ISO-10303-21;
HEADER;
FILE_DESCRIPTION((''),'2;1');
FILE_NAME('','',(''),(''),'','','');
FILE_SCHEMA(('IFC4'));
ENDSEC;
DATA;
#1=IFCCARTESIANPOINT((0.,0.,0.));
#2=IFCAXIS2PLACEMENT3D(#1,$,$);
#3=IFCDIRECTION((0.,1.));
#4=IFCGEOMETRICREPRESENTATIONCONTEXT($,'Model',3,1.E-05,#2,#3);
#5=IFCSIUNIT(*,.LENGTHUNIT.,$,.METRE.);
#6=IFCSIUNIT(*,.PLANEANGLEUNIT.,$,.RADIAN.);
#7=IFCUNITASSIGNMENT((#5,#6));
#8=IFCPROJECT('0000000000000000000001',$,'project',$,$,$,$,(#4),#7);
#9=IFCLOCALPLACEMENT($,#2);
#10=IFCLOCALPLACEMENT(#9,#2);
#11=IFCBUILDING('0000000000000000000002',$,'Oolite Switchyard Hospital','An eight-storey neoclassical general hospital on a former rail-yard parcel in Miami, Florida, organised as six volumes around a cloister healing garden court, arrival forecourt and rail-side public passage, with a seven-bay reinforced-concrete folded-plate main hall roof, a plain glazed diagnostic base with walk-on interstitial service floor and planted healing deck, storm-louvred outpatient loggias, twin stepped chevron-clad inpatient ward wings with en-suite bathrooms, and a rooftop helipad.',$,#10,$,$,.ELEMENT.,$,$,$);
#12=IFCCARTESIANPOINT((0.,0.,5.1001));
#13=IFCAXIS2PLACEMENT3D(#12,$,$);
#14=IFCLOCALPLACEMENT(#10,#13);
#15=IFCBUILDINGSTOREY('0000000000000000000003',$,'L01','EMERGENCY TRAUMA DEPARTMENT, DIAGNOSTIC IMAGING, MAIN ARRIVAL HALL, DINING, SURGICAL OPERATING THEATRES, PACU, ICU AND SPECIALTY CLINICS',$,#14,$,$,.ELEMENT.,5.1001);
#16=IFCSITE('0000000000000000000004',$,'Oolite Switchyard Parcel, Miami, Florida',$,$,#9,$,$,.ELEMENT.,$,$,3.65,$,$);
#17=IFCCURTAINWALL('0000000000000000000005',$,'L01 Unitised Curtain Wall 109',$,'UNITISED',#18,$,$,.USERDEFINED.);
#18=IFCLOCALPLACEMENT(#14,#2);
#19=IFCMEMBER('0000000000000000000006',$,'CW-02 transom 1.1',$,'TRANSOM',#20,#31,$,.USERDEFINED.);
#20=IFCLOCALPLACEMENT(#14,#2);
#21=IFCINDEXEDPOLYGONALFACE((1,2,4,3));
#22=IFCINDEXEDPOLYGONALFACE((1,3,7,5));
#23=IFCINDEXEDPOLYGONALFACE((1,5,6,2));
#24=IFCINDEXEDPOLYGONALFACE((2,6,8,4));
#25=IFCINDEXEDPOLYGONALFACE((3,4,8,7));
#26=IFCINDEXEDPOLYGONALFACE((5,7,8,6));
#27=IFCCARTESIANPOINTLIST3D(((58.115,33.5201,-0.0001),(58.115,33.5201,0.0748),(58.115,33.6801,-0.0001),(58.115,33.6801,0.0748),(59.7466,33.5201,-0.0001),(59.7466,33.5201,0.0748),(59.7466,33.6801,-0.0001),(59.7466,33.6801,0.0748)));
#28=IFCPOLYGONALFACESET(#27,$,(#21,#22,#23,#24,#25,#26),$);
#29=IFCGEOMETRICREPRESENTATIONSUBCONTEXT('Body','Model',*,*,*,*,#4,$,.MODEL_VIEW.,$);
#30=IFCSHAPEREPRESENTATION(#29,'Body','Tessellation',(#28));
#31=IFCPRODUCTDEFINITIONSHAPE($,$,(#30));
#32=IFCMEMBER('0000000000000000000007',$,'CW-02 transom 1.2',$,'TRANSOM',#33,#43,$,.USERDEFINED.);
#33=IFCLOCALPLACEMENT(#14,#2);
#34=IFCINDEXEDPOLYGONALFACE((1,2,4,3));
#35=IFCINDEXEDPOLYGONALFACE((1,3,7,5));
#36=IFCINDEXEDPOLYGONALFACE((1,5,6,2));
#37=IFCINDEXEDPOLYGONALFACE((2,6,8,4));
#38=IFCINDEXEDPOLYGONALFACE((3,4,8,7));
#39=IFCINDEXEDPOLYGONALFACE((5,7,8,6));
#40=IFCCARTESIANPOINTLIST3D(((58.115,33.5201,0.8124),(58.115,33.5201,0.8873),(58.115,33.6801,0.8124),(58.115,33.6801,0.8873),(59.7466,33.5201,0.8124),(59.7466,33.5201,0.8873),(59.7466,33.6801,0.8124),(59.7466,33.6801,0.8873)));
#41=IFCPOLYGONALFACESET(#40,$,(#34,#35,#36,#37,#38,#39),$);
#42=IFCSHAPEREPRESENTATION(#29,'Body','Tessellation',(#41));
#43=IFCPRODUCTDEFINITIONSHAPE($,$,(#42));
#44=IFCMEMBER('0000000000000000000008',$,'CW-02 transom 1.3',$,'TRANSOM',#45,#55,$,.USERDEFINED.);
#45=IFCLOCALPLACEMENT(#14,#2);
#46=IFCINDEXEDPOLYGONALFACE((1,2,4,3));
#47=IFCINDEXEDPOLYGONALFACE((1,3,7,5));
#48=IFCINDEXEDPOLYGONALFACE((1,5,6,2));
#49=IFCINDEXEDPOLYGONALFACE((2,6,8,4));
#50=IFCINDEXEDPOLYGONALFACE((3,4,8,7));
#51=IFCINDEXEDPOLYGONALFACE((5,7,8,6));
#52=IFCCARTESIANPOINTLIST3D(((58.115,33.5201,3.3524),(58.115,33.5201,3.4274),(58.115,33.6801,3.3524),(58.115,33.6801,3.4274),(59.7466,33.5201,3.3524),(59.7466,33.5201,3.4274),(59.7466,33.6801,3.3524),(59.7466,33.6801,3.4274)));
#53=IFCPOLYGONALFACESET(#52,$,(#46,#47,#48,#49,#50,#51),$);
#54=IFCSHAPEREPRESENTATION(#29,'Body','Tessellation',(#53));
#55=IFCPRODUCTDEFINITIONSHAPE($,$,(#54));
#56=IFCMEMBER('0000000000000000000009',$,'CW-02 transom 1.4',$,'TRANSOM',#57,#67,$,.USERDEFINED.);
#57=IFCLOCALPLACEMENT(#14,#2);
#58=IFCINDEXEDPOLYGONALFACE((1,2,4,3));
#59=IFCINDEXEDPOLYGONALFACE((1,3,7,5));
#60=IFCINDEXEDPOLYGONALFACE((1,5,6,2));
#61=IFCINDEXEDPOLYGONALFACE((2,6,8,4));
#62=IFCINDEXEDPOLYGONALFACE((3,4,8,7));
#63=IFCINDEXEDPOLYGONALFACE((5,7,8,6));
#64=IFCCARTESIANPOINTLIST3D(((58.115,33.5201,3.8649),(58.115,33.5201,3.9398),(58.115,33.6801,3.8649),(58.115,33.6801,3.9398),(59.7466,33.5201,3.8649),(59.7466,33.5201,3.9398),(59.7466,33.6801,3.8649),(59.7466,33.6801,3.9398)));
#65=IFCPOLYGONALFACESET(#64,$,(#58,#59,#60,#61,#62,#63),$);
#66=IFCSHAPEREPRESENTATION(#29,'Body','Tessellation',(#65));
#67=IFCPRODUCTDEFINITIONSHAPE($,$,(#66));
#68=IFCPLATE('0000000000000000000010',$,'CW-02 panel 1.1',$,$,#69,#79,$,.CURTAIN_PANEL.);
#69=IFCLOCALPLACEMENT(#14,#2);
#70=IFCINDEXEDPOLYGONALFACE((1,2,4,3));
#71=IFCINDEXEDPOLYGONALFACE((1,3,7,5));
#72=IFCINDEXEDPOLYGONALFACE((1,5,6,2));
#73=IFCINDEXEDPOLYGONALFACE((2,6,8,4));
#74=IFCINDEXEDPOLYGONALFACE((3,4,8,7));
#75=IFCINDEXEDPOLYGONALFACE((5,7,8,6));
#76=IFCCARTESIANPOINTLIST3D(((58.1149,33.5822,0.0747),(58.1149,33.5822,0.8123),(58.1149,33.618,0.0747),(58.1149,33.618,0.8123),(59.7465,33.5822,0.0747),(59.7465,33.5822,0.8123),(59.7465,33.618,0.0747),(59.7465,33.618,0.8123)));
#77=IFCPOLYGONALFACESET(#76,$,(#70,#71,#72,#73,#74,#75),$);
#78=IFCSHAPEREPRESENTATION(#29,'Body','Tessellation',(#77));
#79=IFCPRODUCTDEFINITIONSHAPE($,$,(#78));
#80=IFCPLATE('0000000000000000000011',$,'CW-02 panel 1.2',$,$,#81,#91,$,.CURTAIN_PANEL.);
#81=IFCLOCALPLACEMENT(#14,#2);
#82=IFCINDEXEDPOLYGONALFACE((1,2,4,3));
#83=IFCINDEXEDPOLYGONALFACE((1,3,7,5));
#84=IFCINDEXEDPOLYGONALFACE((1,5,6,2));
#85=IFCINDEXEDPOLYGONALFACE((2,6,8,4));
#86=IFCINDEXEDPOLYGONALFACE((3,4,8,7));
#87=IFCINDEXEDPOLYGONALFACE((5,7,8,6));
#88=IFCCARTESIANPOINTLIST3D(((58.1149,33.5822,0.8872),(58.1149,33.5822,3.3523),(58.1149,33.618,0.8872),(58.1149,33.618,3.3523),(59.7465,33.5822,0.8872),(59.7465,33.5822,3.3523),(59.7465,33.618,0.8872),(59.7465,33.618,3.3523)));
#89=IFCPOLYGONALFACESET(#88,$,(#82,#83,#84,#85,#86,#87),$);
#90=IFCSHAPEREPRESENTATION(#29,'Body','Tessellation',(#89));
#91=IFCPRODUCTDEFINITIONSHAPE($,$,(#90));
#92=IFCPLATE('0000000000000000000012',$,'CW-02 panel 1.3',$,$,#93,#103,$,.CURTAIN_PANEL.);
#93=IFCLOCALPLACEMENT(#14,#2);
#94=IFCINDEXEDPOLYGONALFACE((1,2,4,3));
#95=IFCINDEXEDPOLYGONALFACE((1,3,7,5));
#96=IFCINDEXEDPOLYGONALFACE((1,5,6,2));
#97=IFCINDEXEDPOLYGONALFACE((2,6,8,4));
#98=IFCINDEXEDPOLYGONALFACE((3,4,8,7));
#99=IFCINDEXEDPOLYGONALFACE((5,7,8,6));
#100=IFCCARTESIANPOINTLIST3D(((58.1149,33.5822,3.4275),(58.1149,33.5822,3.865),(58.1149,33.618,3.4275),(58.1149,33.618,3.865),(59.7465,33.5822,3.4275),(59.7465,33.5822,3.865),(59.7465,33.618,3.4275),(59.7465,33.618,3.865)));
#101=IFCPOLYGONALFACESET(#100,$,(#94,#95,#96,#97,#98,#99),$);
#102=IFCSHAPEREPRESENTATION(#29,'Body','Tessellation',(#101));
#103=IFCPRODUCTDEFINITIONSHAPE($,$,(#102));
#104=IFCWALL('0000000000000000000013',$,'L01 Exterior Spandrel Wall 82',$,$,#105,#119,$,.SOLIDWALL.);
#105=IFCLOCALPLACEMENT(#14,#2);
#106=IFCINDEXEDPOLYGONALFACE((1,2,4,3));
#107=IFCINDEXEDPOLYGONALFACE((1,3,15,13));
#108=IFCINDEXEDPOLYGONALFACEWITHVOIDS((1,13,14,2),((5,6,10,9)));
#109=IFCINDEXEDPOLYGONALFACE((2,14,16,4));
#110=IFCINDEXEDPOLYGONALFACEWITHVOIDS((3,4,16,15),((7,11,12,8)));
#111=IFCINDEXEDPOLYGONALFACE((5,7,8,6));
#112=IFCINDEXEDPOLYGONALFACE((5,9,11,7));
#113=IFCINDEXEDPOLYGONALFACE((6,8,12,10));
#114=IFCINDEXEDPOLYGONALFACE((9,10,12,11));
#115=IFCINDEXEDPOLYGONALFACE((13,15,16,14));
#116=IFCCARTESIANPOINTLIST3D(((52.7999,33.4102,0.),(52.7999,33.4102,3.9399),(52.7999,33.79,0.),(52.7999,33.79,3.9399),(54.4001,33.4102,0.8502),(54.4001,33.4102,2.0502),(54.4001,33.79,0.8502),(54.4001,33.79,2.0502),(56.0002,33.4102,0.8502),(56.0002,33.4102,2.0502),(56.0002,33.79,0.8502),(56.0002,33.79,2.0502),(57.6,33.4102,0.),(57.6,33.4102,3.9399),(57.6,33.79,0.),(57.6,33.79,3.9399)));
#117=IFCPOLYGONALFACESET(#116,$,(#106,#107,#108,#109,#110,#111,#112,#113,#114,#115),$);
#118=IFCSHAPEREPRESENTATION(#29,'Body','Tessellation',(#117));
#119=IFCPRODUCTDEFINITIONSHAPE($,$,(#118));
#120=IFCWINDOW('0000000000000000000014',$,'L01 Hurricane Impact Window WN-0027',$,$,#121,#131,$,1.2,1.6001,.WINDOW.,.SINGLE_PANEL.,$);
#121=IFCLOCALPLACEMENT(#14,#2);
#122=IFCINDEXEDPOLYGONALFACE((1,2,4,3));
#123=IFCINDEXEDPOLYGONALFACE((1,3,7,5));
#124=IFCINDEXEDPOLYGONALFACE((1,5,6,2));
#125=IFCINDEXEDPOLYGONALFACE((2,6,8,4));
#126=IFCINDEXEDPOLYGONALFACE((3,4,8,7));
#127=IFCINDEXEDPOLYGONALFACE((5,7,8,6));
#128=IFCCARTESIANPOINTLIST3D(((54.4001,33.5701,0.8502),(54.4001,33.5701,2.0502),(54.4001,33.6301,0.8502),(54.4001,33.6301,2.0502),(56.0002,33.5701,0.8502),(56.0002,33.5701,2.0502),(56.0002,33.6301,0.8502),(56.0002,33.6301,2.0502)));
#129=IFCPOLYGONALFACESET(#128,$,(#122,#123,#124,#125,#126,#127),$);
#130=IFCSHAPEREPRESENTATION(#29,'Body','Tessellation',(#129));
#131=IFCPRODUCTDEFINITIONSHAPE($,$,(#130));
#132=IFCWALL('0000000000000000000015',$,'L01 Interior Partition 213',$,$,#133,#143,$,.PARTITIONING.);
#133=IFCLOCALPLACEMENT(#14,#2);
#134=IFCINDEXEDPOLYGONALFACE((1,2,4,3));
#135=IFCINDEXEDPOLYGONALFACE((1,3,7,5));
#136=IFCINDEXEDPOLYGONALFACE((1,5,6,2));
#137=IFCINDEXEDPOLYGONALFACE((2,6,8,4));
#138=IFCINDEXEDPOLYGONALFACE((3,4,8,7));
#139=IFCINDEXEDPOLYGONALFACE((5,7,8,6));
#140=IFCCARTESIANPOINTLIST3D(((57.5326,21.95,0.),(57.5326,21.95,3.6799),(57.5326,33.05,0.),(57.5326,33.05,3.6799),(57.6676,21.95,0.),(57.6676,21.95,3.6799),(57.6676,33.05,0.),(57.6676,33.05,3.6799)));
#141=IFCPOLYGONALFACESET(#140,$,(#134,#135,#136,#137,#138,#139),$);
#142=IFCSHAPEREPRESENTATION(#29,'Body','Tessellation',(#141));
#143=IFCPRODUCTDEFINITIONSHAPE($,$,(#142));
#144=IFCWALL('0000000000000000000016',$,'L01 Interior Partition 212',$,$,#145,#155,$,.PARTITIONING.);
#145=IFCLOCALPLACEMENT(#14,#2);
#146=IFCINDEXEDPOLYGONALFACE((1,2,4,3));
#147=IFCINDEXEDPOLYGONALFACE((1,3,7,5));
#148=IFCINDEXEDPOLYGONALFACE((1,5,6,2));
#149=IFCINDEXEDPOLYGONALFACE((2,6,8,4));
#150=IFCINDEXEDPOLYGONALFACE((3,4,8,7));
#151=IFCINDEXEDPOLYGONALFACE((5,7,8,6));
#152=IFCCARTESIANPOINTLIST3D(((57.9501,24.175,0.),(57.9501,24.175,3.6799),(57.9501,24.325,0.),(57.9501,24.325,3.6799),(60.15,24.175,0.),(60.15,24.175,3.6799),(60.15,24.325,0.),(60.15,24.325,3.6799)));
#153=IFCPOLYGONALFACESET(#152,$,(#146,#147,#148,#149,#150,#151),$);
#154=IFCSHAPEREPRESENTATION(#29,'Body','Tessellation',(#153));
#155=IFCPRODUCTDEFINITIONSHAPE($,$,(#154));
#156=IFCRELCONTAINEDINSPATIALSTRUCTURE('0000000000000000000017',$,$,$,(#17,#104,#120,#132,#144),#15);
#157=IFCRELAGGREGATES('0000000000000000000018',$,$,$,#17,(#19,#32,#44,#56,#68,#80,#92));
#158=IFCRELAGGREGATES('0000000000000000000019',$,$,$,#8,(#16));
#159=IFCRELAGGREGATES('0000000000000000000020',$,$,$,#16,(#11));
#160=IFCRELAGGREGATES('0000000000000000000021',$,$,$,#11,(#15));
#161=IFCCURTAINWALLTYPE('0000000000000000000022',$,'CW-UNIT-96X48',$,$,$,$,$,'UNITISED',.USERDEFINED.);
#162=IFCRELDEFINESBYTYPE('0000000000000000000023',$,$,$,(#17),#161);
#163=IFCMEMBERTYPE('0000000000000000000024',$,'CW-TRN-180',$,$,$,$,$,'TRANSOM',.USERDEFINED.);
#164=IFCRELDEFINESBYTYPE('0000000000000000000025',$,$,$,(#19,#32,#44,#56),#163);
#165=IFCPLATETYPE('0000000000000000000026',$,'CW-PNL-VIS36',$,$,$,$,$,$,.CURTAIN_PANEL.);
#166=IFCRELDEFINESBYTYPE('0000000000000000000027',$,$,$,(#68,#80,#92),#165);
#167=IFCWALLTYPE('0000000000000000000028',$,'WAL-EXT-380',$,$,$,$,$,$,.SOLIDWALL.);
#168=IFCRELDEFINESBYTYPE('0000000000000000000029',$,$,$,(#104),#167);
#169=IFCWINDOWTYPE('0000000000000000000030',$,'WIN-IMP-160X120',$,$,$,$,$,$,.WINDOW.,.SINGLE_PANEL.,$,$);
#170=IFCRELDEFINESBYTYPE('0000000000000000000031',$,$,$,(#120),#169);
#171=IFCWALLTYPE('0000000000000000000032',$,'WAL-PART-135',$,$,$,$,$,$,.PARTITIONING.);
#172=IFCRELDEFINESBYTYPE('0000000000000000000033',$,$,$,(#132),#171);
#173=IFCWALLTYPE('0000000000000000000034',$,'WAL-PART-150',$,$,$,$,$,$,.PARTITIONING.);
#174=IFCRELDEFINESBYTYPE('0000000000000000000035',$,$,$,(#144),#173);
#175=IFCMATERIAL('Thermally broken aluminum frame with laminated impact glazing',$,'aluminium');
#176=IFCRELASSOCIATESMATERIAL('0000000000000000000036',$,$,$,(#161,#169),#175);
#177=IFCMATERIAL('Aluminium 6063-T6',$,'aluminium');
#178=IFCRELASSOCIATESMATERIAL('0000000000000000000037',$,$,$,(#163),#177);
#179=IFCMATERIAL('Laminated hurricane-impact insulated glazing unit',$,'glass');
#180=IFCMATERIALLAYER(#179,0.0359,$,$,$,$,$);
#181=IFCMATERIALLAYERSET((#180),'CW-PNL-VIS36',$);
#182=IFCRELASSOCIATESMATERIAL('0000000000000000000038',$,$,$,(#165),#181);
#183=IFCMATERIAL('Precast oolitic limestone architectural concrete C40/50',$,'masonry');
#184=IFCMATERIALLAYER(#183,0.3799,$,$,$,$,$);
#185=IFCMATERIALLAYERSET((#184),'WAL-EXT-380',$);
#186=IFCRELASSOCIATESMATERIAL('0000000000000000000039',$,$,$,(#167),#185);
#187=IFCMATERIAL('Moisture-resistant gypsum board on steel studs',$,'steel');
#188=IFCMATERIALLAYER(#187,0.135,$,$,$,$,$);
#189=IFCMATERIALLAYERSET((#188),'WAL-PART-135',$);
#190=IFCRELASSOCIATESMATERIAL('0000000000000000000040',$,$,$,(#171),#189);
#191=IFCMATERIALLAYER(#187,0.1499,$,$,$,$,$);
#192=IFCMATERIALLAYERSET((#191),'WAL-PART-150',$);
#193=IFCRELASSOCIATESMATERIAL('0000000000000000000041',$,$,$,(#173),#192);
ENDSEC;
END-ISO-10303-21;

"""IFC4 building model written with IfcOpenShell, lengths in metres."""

from ifc_helpers import new_model, si_unit, direction, frame, frame_2d, origin, origin_2d, place, context, subcontext, project, spatial, rectangle, extrude, material, layer, layer_set, material_profile, profile_set, type_object, element, fill, aggregate, save


model = new_model("IFC4")

# Units and contexts
model_context = context("Model", 3, precision=1e-05, world=origin(), true_north=direction((0.0, 1.0)))
body_context = subcontext(model_context, "Body", "Model", "MODEL_VIEW")
ifc_project = project(units=[si_unit("LENGTHUNIT", "METRE"), si_unit("PLANEANGLEUNIT", "RADIAN")], contexts=[model_context])

# Site, building, storey
site_placement = place(None, origin())
site = spatial("IfcSite", under=ifc_project, at=site_placement, Name="Oolite Switchyard Parcel, Miami, Florida", CompositionType="ELEMENT", RefElevation=3.65)
building_placement = place(site_placement, origin())
building = spatial("IfcBuilding", under=site, at=building_placement, Name="Oolite Switchyard Hospital", Description="An eight-storey neoclassical general hospital on a former rail-yard parcel in Miami, Florida, organised as six volumes around a cloister healing garden court, arrival forecourt and rail-side public passage, with a seven-bay reinforced-concrete folded-plate main hall roof, a plain glazed diagnostic base with walk-on interstitial service floor and planted healing deck, storm-louvred outpatient loggias, twin stepped chevron-clad inpatient ward wings with en-suite bathrooms, and a rooftop helipad.", CompositionType="ELEMENT")
storey_placement = place(building_placement, frame((0.0, 0.0, 5.1001)))
storey = spatial("IfcBuildingStorey", under=building, at=storey_placement, Name="L01", Description="EMERGENCY TRAUMA DEPARTMENT, DIAGNOSTIC IMAGING, MAIN ARRIVAL HALL, DINING, SURGICAL OPERATING THEATRES, PACU, ICU AND SPECIALTY CLINICS", CompositionType="ELEMENT", Elevation=5.1001)

# Curtain wall, members, plates
ifc_material_1 = material(Name="Thermally broken aluminum frame with laminated impact glazing", Category="aluminium")
curtain_wall_type = type_object("IfcCurtainWallType", Name="CW-UNIT-96X48", ElementType="UNITISED", PredefinedType="USERDEFINED", material=ifc_material_1)
curtain_wall_placement = place(storey_placement, origin())
curtain_wall = element("IfcCurtainWall", 1, at=curtain_wall_placement, inside=storey, type_object=curtain_wall_type, Name="L01 Unitised Curtain Wall 109", ObjectType="UNITISED", PredefinedType="USERDEFINED")
ifc_material_2 = material(Name="Aluminium 6063-T6", Category="aluminium")
ifc_material_profile_1 = material_profile(ifc_material_2, rectangle(XDim=0.1599, YDim=0.075, at=origin_2d()), Name="CWT75X160")
ifc_profile_set_1 = profile_set([ifc_material_profile_1], Name="Aluminium 6063-T6")
member_type_1 = type_object("IfcMemberType", Name="CW-TRN-180", ElementType="TRANSOM", PredefinedType="USERDEFINED", material=ifc_profile_set_1)
member_1_placement = place(storey_placement, frame((58.115, 33.6001, 0.0374), z_axis=(1.0, 0.0, 0.0), x_axis=(0.0, 1.0, 0.0)))
member_1 = element("IfcMember", 2, at=member_1_placement, type_object=member_type_1, Name="CW-02 transom 1.1", ObjectType="TRANSOM", PredefinedType="USERDEFINED", context=body_context, shape_type="SweptSolid", body=[
    extrude(rectangle(XDim=0.1599, YDim=0.075, at=origin_2d()), origin(), (0.0, 0.0, 1.0), 1.6316),
])
member_2_placement = place(storey_placement, frame((58.115, 33.6001, 0.8499), z_axis=(1.0, 0.0, 0.0), x_axis=(0.0, 1.0, 0.0)))
member_2 = element("IfcMember", 3, at=member_2_placement, type_object=member_type_1, Name="CW-02 transom 1.2", ObjectType="TRANSOM", PredefinedType="USERDEFINED", context=body_context, shape_type="SweptSolid", body=[
    extrude(rectangle(XDim=0.1599, YDim=0.075, at=origin_2d()), origin(), (0.0, 0.0, 1.0), 1.6316),
])
member_3_placement = place(storey_placement, frame((58.115, 33.6001, 3.3899), z_axis=(1.0, 0.0, 0.0), x_axis=(0.0, 1.0, 0.0)))
member_3 = element("IfcMember", 4, at=member_3_placement, type_object=member_type_1, Name="CW-02 transom 1.3", ObjectType="TRANSOM", PredefinedType="USERDEFINED", context=body_context, shape_type="SweptSolid", body=[
    extrude(rectangle(XDim=0.1599, YDim=0.075, at=origin_2d()), origin(), (0.0, 0.0, 1.0), 1.6316),
])
member_4_placement = place(storey_placement, frame((58.115, 33.6001, 3.9023), z_axis=(1.0, 0.0, 0.0), x_axis=(0.0, 1.0, 0.0)))
member_4 = element("IfcMember", 5, at=member_4_placement, type_object=member_type_1, Name="CW-02 transom 1.4", ObjectType="TRANSOM", PredefinedType="USERDEFINED", context=body_context, shape_type="SweptSolid", body=[
    extrude(rectangle(XDim=0.1599, YDim=0.075, at=origin_2d()), origin(), (0.0, 0.0, 1.0), 1.6316),
])
ifc_material_3 = material(Name="Laminated hurricane-impact insulated glazing unit", Category="glass")
ifc_layer_1 = layer(ifc_material_3, 0.0359)
ifc_layer_set_1 = layer_set([ifc_layer_1], Name="CW-PNL-VIS36")
plate_type = type_object("IfcPlateType", Name="CW-PNL-VIS36", PredefinedType="CURTAIN_PANEL", material=ifc_layer_set_1)
plate_1_placement = place(storey_placement, frame((58.9307, 33.6001, 0.0747), z_axis=(0.0, 0.0, 1.0), x_axis=(1.0, 0.0, 0.0)))
plate_1 = element("IfcPlate", 6, at=plate_1_placement, type_object=plate_type, Name="CW-02 panel 1.1", PredefinedType="CURTAIN_PANEL", context=body_context, shape_type="SweptSolid", body=[
    extrude(rectangle(XDim=1.6316, YDim=0.0359, at=origin_2d()), origin(), (0.0, 0.0, 1.0), 0.7375),
])
plate_2_placement = place(storey_placement, frame((58.9307, 33.6001, 0.8872), z_axis=(0.0, 0.0, 1.0), x_axis=(1.0, 0.0, 0.0)))
plate_2 = element("IfcPlate", 7, at=plate_2_placement, type_object=plate_type, Name="CW-02 panel 1.2", PredefinedType="CURTAIN_PANEL", context=body_context, shape_type="SweptSolid", body=[
    extrude(rectangle(XDim=1.6316, YDim=0.0359, at=origin_2d()), origin(), (0.0, 0.0, 1.0), 2.4651),
])
plate_3_placement = place(storey_placement, frame((58.9307, 33.6001, 3.4275), z_axis=(0.0, 0.0, 1.0), x_axis=(1.0, 0.0, 0.0)))
plate_3 = element("IfcPlate", 8, at=plate_3_placement, type_object=plate_type, Name="CW-02 panel 1.3", PredefinedType="CURTAIN_PANEL", context=body_context, shape_type="SweptSolid", body=[
    extrude(rectangle(XDim=1.6316, YDim=0.0359, at=origin_2d()), origin(), (0.0, 0.0, 1.0), 0.4375),
])
aggregate(curtain_wall, [member_1, member_2, member_3, member_4, plate_1, plate_2, plate_3])

# Wall, opening, window
ifc_material_4 = material(Name="Precast oolitic limestone architectural concrete C40/50", Category="masonry")
ifc_layer_2 = layer(ifc_material_4, 0.3799)
ifc_layer_set_2 = layer_set([ifc_layer_2], Name="WAL-EXT-380")
wall_type_1 = type_object("IfcWallType", Name="WAL-EXT-380", PredefinedType="SOLIDWALL", material=ifc_layer_set_2)
wall_1_placement = place(storey_placement, frame((52.8, 33.6001, 0.0), z_axis=(0.0, 0.0, 1.0), x_axis=(1.0, 0.0, 0.0)))
wall_1 = element("IfcWall", 9, at=wall_1_placement, inside=storey, type_object=wall_type_1, Name="L01 Exterior Spandrel Wall 82", PredefinedType="SOLIDWALL", context=body_context, shape_type="SweptSolid", body=[
    extrude(rectangle(XDim=4.8, YDim=0.3799, at=frame_2d((2.3999, 0.0))), origin(), (0.0, 0.0, 1.0), 3.9399),
])
opening_1_placement = place(wall_1_placement, frame((1.6001, 0.0, 0.8501)))
opening_1 = element("IfcOpeningElement", 10, at=opening_1_placement, cuts=wall_1, PredefinedType="OPENING", context=body_context, shape_type="SweptSolid", body=[
    extrude(rectangle(XDim=1.6001, YDim=1.2, at=frame_2d((0.8, 0.6001))), frame((0.0, 0.2, 0.0), z_axis=(0.0, -1.0, 0.0), x_axis=(1.0, 0.0, 0.0)), (0.0, 0.0, 1.0), 0.3999),
])
window_type = type_object("IfcWindowType", Name="WIN-IMP-160X120", PartitioningType="SINGLE_PANEL", PredefinedType="WINDOW", material=ifc_material_1)
window_placement = place(opening_1_placement, origin())
window = element("IfcWindow", 11, at=window_placement, inside=storey, type_object=window_type, Name="L01 Hurricane Impact Window WN-0027", OverallHeight=1.2, OverallWidth=1.6001, PartitioningType="SINGLE_PANEL", PredefinedType="WINDOW", context=body_context, shape_type="SweptSolid", body=[
    extrude(rectangle(XDim=1.6001, YDim=1.2, at=frame_2d((0.8, 0.6001))), frame((0.0, 0.03, 0.0), z_axis=(0.0, -1.0, 0.0), x_axis=(1.0, 0.0, 0.0)), (0.0, 0.0, 1.0), 0.0601),
])
fill(opening_1, window)

# Walls
ifc_material_5 = material(Name="Moisture-resistant gypsum board on steel studs", Category="steel")
ifc_layer_3 = layer(ifc_material_5, 0.135)
ifc_layer_set_3 = layer_set([ifc_layer_3], Name="WAL-PART-135")
wall_type_2 = type_object("IfcWallType", Name="WAL-PART-135", PredefinedType="PARTITIONING", material=ifc_layer_set_3)
wall_2_placement = place(storey_placement, frame((57.6001, 21.95, 0.0), z_axis=(0.0, 0.0, 1.0), x_axis=(0.0, 1.0, 0.0)))
element("IfcWall", 12, at=wall_2_placement, inside=storey, type_object=wall_type_2, Name="L01 Interior Partition 213", PredefinedType="PARTITIONING", context=body_context, shape_type="SweptSolid", body=[
    extrude(rectangle(XDim=11.1001, YDim=0.135, at=frame_2d((5.55, 0.0))), origin(), (0.0, 0.0, 1.0), 3.6799),
])
ifc_layer_4 = layer(ifc_material_5, 0.1499)
ifc_layer_set_4 = layer_set([ifc_layer_4], Name="WAL-PART-150")
wall_type_3 = type_object("IfcWallType", Name="WAL-PART-150", PredefinedType="PARTITIONING", material=ifc_layer_set_4)
wall_3_placement = place(storey_placement, frame((57.95, 24.25, 0.0), z_axis=(0.0, 0.0, 1.0), x_axis=(1.0, 0.0, 0.0)))
element("IfcWall", 13, at=wall_3_placement, inside=storey, type_object=wall_type_3, Name="L01 Interior Partition 212", PredefinedType="PARTITIONING", context=body_context, shape_type="SweptSolid", body=[
    extrude(rectangle(XDim=2.2, YDim=0.1499, at=frame_2d((1.1001, 0.0))), origin(), (0.0, 0.0, 1.0), 3.6799),
])

save(model, "model.ifc")
